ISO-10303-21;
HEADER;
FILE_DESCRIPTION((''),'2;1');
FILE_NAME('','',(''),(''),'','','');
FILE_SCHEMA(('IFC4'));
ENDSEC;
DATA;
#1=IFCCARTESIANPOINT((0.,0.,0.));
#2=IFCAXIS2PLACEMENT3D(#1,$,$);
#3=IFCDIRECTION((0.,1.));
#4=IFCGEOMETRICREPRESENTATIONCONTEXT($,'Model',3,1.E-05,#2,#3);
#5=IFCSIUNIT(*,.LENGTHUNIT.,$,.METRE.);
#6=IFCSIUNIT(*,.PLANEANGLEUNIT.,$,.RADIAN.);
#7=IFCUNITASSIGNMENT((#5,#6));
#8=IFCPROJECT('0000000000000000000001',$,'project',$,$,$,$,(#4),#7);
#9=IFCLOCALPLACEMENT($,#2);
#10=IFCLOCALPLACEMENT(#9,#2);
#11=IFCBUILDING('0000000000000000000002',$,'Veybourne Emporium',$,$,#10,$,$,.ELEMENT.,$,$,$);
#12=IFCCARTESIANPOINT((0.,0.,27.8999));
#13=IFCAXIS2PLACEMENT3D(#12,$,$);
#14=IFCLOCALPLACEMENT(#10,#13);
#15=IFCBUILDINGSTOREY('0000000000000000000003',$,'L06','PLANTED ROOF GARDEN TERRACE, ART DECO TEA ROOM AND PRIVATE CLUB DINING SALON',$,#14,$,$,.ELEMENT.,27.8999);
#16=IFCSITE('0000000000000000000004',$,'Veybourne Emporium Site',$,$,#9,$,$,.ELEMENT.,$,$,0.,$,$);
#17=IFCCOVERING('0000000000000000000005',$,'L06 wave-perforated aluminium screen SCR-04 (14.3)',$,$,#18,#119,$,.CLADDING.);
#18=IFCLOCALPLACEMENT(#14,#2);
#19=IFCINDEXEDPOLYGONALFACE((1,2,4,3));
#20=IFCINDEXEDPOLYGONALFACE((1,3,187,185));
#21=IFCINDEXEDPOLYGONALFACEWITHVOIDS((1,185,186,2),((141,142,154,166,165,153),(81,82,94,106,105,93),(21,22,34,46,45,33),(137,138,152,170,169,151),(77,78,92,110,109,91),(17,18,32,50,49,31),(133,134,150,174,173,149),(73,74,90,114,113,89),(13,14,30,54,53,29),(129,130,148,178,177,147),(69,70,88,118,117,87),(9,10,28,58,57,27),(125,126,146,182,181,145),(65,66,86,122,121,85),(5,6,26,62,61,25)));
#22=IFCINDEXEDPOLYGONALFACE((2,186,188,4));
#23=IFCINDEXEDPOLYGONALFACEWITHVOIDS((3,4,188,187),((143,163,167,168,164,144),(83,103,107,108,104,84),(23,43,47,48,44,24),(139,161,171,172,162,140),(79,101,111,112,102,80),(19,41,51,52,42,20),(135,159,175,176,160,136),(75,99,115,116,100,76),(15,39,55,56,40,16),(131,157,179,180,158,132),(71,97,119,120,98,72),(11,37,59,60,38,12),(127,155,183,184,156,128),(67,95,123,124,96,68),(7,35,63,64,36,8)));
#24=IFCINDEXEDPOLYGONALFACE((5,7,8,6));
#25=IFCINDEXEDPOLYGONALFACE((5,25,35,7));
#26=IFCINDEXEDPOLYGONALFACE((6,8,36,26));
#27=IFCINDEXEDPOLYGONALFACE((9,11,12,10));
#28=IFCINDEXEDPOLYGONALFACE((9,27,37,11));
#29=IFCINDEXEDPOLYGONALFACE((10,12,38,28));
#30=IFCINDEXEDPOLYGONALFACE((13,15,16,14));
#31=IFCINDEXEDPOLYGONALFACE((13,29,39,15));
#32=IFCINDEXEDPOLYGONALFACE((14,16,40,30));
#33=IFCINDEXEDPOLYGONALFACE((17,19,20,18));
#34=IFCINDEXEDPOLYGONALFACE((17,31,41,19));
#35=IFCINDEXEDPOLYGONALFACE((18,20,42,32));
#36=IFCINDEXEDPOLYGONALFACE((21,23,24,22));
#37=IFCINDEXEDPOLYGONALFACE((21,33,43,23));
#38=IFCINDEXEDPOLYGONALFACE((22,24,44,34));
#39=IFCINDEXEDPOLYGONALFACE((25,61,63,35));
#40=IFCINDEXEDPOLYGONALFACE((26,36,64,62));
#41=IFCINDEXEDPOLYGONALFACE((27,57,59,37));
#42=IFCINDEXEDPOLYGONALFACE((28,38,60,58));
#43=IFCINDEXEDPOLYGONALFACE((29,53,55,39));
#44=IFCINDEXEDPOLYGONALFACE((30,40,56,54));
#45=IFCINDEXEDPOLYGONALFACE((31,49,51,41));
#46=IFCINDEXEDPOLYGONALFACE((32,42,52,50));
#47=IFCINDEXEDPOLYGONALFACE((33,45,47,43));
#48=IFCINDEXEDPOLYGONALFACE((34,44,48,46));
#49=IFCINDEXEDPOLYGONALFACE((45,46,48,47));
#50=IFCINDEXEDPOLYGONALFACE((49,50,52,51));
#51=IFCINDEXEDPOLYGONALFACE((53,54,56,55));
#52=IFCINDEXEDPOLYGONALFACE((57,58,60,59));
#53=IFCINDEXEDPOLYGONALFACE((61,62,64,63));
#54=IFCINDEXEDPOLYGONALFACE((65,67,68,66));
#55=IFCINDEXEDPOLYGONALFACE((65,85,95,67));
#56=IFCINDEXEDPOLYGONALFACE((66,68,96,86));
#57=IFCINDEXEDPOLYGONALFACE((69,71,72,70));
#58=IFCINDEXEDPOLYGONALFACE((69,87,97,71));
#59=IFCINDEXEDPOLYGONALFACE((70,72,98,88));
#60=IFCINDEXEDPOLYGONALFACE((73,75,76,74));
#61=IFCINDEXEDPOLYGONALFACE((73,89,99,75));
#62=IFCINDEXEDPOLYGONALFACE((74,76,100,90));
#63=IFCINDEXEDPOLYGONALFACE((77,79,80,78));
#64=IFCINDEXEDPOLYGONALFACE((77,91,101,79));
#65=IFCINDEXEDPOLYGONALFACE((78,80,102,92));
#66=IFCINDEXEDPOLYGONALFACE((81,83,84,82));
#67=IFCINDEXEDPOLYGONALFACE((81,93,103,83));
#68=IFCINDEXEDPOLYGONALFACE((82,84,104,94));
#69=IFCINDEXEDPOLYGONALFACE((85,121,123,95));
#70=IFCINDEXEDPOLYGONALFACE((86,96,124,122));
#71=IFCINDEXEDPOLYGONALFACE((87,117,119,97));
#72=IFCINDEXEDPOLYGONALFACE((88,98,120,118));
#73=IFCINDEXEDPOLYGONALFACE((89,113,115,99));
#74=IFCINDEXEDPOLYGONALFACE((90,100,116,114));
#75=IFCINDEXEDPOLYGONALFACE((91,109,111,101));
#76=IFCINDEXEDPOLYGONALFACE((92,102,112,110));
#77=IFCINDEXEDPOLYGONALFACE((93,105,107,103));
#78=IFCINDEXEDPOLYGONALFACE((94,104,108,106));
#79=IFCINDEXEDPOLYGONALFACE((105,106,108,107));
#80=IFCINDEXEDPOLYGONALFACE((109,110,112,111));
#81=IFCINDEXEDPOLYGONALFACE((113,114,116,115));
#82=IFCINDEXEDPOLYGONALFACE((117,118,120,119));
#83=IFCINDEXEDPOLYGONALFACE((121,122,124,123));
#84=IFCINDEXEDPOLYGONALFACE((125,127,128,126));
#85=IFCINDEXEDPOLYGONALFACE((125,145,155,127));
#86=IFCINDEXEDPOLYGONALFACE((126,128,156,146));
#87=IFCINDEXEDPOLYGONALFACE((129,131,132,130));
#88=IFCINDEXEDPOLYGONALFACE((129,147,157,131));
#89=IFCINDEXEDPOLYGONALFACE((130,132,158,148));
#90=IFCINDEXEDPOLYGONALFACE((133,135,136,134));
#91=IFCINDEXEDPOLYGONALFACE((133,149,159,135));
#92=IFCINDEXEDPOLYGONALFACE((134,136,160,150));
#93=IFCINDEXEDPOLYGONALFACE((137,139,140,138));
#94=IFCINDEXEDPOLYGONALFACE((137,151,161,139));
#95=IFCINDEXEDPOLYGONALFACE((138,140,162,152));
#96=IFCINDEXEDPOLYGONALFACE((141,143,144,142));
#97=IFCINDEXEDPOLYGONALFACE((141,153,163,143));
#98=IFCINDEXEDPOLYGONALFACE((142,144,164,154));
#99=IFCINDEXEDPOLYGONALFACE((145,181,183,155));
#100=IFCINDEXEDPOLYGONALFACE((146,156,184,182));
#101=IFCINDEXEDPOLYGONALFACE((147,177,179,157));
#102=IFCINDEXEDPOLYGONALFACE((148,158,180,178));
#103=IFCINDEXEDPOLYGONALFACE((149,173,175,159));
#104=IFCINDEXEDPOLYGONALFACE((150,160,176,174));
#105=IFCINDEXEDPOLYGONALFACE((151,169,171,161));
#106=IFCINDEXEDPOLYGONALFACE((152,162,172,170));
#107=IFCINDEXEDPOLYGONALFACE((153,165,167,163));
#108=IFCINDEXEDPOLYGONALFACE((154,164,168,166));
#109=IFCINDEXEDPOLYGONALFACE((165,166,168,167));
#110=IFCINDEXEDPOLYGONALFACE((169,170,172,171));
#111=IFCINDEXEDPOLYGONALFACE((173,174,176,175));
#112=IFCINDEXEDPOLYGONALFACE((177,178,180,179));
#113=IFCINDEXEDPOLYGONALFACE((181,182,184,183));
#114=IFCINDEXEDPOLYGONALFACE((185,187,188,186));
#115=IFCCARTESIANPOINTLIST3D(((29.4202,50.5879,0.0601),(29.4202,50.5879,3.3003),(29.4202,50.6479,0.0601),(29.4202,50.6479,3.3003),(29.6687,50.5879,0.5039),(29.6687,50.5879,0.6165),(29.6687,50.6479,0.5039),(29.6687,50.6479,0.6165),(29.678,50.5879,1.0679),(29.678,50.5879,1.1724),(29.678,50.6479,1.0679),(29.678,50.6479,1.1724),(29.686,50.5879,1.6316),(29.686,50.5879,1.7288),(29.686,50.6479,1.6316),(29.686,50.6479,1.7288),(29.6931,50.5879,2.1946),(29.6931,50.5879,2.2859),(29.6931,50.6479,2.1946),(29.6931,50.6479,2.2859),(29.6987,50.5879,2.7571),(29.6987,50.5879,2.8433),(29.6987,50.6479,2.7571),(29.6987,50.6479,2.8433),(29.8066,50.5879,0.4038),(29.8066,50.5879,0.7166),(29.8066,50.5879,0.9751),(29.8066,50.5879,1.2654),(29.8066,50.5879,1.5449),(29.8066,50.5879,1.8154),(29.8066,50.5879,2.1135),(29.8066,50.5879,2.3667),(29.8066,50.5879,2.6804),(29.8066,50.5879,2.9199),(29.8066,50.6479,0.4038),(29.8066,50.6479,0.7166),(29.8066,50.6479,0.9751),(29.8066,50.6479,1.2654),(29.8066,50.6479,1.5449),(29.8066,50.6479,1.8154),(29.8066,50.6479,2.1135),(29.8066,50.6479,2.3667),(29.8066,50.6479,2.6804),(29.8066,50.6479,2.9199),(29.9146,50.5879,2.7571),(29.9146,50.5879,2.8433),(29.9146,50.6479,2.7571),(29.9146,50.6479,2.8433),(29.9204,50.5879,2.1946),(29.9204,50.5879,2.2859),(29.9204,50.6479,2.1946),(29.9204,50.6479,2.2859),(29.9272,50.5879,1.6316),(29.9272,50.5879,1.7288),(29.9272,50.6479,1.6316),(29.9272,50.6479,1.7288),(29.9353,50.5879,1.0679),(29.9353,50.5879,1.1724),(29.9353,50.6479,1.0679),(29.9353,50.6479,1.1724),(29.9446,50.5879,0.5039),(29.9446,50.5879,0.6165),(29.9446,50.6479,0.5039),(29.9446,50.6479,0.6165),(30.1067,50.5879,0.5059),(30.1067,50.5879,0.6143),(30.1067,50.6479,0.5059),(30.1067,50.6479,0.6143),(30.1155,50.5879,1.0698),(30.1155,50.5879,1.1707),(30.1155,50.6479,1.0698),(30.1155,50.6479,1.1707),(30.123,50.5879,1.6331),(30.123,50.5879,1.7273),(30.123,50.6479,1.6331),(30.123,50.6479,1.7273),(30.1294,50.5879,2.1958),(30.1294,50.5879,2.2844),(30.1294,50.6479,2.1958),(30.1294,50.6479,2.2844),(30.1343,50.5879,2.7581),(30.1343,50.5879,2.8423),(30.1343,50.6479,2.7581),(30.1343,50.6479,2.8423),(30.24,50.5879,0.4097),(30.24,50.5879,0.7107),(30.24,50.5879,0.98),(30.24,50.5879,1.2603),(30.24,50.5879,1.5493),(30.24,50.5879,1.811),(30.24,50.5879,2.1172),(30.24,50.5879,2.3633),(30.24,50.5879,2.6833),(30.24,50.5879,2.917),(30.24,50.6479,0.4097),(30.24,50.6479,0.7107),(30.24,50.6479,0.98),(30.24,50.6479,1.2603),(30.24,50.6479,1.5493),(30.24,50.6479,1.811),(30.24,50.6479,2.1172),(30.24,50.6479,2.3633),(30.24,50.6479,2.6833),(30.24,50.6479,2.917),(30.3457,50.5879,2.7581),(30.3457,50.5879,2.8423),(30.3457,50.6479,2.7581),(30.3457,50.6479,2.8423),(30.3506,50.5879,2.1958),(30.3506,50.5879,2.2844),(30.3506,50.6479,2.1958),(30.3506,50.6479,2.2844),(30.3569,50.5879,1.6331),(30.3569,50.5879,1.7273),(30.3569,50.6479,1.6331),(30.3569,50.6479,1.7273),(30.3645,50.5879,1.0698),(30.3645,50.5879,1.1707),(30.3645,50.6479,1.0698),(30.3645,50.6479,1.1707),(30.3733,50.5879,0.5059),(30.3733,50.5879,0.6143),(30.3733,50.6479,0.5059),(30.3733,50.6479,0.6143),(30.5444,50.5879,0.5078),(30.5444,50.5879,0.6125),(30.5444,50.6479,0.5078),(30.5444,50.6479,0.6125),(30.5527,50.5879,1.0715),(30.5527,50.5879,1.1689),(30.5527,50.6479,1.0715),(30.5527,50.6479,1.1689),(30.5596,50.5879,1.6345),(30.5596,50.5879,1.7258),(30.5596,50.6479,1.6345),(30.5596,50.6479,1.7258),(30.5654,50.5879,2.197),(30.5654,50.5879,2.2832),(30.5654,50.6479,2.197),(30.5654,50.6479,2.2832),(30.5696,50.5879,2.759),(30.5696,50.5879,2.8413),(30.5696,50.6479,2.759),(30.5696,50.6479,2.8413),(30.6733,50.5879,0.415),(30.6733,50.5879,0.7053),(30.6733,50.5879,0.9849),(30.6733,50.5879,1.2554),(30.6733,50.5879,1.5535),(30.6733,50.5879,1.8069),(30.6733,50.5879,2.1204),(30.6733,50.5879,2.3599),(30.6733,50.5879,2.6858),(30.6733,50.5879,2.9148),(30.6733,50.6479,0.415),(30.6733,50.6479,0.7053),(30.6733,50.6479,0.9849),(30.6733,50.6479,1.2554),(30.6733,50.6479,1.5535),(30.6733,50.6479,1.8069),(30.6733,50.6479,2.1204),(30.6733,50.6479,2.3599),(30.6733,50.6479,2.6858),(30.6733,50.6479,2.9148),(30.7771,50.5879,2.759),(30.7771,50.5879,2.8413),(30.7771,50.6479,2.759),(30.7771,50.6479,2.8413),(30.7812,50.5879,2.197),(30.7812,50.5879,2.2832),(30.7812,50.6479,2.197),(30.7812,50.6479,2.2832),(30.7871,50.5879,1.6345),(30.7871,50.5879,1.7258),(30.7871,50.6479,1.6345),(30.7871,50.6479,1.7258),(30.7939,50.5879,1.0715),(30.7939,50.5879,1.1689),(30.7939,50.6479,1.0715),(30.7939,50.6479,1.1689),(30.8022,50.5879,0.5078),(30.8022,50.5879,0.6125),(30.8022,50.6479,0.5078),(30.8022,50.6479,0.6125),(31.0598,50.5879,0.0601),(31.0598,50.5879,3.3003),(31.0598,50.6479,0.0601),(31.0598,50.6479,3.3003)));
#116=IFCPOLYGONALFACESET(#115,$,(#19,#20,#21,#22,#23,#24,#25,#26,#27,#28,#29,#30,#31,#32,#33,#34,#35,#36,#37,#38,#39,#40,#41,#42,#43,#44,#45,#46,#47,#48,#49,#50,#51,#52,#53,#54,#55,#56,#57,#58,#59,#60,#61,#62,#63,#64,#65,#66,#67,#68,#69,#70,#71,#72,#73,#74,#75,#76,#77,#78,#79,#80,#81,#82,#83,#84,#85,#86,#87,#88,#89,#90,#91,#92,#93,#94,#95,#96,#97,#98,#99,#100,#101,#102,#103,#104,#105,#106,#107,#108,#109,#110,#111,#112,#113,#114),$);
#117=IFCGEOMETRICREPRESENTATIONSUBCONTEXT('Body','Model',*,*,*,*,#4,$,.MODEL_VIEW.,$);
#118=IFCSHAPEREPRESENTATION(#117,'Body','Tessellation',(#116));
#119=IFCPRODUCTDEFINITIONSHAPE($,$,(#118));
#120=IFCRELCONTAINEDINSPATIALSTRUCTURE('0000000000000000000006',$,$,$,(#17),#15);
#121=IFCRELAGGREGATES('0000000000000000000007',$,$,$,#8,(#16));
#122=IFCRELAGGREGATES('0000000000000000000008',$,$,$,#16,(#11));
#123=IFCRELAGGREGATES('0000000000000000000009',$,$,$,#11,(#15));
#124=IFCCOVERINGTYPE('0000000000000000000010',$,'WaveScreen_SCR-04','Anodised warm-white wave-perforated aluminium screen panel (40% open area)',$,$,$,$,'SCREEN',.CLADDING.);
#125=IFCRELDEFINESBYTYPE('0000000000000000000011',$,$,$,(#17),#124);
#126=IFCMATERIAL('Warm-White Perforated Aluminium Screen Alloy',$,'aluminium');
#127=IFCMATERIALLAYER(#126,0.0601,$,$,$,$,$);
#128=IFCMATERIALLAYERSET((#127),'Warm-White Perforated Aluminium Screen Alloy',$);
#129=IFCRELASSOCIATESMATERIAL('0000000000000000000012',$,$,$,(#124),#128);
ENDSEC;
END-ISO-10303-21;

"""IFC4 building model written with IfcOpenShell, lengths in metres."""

from ifc_helpers import new_model, si_unit, direction, frame, origin, place, context, subcontext, project, spatial, polyline, outline, extrude, material, layer, layer_set, type_object, element, save


model = new_model("IFC4")

# Units and contexts
model_context = context("Model", 3, precision=1e-05, world=origin(), true_north=direction((0.0, 1.0)))
body_context = subcontext(model_context, "Body", "Model", "MODEL_VIEW")
ifc_project = project(units=[si_unit("LENGTHUNIT", "METRE"), si_unit("PLANEANGLEUNIT", "RADIAN")], contexts=[model_context])

# Site, building, storey
site_placement = place(None, origin())
site = spatial("IfcSite", under=ifc_project, at=site_placement, Name="Veybourne Emporium Site", CompositionType="ELEMENT", RefElevation=0.0)
building_placement = place(site_placement, origin())
building = spatial("IfcBuilding", under=site, at=building_placement, Name="Veybourne Emporium", CompositionType="ELEMENT")
storey_placement = place(building_placement, frame((0.0, 0.0, 27.8999)))
storey = spatial("IfcBuildingStorey", under=building, at=storey_placement, Name="L06", Description="PLANTED ROOF GARDEN TERRACE, ART DECO TEA ROOM AND PRIVATE CLUB DINING SALON", CompositionType="ELEMENT", Elevation=27.8999)

# Covering
ifc_material_1 = material(Name="Warm-White Perforated Aluminium Screen Alloy", Category="aluminium")
ifc_layer_1 = layer(ifc_material_1, 0.0601)
ifc_layer_set_1 = layer_set([ifc_layer_1], Name="Warm-White Perforated Aluminium Screen Alloy")
covering_type_1 = type_object("IfcCoveringType", Name="WaveScreen_SCR-04", Description="Anodised warm-white wave-perforated aluminium screen panel (40% open area)", ElementType="SCREEN", PredefinedType="CLADDING", material=ifc_layer_set_1)
covering_1_placement = place(storey_placement, frame((30.24, 50.6479, 1.6802), z_axis=(0.0, -1.0, 0.0), x_axis=(1.0, 0.0, 0.0)))
element("IfcCovering", 1, at=covering_1_placement, inside=storey, type_object=covering_type_1, Name="L06 wave-perforated aluminium screen SCR-04 (14.3)", PredefinedType="CLADDING", context=body_context, shape_type="SweptSolid", body=[
    extrude(outline(polyline([(-0.8198, -1.6201), (0.8198, -1.6201), (0.8198, 1.6201), (-0.8198, 1.6201), (-0.8198, -1.6201)]), holes=[polyline([(-0.4333, -0.9636), (-0.2954, -1.0637), (-0.2954, -1.1763), (-0.4333, -1.2764), (-0.5713, -1.1763), (-0.5713, -1.0637), (-0.4333, -0.9636)]), polyline([(-0.4333, -0.4148), (-0.3047, -0.5078), (-0.3047, -0.6123), (-0.4333, -0.7051), (-0.562, -0.6123), (-0.562, -0.5078), (-0.4333, -0.4148)]), polyline([(-0.4333, 0.1353), (-0.3127, 0.0486), (-0.3127, -0.0486), (-0.4333, -0.1353), (-0.554, -0.0486), (-0.554, 0.0486), (-0.4333, 0.1353)]), polyline([(-0.4333, 0.6865), (-0.3196, 0.6057), (-0.3196, 0.5144), (-0.4333, 0.4333), (-0.5469, 0.5144), (-0.5469, 0.6057), (-0.4333, 0.6865)]), polyline([(-0.4333, 1.2397), (-0.3254, 1.1631), (-0.3254, 1.0769), (-0.4333, 1.0002), (-0.5413, 1.0769), (-0.5413, 1.1631), (-0.4333, 1.2397)]), polyline([(0.0, -0.9695), (0.1333, -1.0659), (0.1333, -1.1743), (0.0, -1.2705), (-0.1333, -1.1743), (-0.1333, -1.0659), (0.0, -0.9695)]), polyline([(0.0, -0.4199), (0.1245, -0.5095), (0.1245, -0.6104), (0.0, -0.7002), (-0.1245, -0.6104), (-0.1245, -0.5095), (0.0, -0.4199)]), polyline([(0.0, 0.1309), (0.1169, 0.0471), (0.1169, -0.0471), (0.0, -0.1309), (-0.1169, -0.0471), (-0.1169, 0.0471), (0.0, 0.1309)]), polyline([(0.0, 0.6831), (0.1106, 0.6042), (0.1106, 0.5156), (0.0, 0.437), (-0.1106, 0.5156), (-0.1106, 0.6042), (0.0, 0.6831)]), polyline([(0.0, 1.2368), (0.1057, 1.1621), (0.1057, 1.0779), (0.0, 1.0032), (-0.1057, 1.0779), (-0.1057, 1.1621), (0.0, 1.2368)]), polyline([(0.4333, -0.9749), (0.5623, -1.0676), (0.5623, -1.1724), (0.4333, -1.2651), (0.3044, -1.1724), (0.3044, -1.0676), (0.4333, -0.9749)]), polyline([(0.4333, -0.4248), (0.554, -0.5112), (0.554, -0.6086), (0.4333, -0.6953), (0.3127, -0.6086), (0.3127, -0.5112), (0.4333, -0.4248)]), polyline([(0.4333, 0.1267), (0.5471, 0.0457), (0.5471, -0.0457), (0.4333, -0.1267), (0.3196, -0.0457), (0.3196, 0.0457), (0.4333, 0.1267)]), polyline([(0.4333, 0.6797), (0.5413, 0.603), (0.5413, 0.5168), (0.4333, 0.4402), (0.3254, 0.5168), (0.3254, 0.603), (0.4333, 0.6797)]), polyline([(0.4333, 1.2346), (0.5371, 1.1611), (0.5371, 1.0789), (0.4333, 1.0056), (0.3296, 1.0789), (0.3296, 1.1611), (0.4333, 1.2346)])]), origin(), (0.0, 0.0, 1.0), 0.0601),
])

save(model, "model.ifc")
